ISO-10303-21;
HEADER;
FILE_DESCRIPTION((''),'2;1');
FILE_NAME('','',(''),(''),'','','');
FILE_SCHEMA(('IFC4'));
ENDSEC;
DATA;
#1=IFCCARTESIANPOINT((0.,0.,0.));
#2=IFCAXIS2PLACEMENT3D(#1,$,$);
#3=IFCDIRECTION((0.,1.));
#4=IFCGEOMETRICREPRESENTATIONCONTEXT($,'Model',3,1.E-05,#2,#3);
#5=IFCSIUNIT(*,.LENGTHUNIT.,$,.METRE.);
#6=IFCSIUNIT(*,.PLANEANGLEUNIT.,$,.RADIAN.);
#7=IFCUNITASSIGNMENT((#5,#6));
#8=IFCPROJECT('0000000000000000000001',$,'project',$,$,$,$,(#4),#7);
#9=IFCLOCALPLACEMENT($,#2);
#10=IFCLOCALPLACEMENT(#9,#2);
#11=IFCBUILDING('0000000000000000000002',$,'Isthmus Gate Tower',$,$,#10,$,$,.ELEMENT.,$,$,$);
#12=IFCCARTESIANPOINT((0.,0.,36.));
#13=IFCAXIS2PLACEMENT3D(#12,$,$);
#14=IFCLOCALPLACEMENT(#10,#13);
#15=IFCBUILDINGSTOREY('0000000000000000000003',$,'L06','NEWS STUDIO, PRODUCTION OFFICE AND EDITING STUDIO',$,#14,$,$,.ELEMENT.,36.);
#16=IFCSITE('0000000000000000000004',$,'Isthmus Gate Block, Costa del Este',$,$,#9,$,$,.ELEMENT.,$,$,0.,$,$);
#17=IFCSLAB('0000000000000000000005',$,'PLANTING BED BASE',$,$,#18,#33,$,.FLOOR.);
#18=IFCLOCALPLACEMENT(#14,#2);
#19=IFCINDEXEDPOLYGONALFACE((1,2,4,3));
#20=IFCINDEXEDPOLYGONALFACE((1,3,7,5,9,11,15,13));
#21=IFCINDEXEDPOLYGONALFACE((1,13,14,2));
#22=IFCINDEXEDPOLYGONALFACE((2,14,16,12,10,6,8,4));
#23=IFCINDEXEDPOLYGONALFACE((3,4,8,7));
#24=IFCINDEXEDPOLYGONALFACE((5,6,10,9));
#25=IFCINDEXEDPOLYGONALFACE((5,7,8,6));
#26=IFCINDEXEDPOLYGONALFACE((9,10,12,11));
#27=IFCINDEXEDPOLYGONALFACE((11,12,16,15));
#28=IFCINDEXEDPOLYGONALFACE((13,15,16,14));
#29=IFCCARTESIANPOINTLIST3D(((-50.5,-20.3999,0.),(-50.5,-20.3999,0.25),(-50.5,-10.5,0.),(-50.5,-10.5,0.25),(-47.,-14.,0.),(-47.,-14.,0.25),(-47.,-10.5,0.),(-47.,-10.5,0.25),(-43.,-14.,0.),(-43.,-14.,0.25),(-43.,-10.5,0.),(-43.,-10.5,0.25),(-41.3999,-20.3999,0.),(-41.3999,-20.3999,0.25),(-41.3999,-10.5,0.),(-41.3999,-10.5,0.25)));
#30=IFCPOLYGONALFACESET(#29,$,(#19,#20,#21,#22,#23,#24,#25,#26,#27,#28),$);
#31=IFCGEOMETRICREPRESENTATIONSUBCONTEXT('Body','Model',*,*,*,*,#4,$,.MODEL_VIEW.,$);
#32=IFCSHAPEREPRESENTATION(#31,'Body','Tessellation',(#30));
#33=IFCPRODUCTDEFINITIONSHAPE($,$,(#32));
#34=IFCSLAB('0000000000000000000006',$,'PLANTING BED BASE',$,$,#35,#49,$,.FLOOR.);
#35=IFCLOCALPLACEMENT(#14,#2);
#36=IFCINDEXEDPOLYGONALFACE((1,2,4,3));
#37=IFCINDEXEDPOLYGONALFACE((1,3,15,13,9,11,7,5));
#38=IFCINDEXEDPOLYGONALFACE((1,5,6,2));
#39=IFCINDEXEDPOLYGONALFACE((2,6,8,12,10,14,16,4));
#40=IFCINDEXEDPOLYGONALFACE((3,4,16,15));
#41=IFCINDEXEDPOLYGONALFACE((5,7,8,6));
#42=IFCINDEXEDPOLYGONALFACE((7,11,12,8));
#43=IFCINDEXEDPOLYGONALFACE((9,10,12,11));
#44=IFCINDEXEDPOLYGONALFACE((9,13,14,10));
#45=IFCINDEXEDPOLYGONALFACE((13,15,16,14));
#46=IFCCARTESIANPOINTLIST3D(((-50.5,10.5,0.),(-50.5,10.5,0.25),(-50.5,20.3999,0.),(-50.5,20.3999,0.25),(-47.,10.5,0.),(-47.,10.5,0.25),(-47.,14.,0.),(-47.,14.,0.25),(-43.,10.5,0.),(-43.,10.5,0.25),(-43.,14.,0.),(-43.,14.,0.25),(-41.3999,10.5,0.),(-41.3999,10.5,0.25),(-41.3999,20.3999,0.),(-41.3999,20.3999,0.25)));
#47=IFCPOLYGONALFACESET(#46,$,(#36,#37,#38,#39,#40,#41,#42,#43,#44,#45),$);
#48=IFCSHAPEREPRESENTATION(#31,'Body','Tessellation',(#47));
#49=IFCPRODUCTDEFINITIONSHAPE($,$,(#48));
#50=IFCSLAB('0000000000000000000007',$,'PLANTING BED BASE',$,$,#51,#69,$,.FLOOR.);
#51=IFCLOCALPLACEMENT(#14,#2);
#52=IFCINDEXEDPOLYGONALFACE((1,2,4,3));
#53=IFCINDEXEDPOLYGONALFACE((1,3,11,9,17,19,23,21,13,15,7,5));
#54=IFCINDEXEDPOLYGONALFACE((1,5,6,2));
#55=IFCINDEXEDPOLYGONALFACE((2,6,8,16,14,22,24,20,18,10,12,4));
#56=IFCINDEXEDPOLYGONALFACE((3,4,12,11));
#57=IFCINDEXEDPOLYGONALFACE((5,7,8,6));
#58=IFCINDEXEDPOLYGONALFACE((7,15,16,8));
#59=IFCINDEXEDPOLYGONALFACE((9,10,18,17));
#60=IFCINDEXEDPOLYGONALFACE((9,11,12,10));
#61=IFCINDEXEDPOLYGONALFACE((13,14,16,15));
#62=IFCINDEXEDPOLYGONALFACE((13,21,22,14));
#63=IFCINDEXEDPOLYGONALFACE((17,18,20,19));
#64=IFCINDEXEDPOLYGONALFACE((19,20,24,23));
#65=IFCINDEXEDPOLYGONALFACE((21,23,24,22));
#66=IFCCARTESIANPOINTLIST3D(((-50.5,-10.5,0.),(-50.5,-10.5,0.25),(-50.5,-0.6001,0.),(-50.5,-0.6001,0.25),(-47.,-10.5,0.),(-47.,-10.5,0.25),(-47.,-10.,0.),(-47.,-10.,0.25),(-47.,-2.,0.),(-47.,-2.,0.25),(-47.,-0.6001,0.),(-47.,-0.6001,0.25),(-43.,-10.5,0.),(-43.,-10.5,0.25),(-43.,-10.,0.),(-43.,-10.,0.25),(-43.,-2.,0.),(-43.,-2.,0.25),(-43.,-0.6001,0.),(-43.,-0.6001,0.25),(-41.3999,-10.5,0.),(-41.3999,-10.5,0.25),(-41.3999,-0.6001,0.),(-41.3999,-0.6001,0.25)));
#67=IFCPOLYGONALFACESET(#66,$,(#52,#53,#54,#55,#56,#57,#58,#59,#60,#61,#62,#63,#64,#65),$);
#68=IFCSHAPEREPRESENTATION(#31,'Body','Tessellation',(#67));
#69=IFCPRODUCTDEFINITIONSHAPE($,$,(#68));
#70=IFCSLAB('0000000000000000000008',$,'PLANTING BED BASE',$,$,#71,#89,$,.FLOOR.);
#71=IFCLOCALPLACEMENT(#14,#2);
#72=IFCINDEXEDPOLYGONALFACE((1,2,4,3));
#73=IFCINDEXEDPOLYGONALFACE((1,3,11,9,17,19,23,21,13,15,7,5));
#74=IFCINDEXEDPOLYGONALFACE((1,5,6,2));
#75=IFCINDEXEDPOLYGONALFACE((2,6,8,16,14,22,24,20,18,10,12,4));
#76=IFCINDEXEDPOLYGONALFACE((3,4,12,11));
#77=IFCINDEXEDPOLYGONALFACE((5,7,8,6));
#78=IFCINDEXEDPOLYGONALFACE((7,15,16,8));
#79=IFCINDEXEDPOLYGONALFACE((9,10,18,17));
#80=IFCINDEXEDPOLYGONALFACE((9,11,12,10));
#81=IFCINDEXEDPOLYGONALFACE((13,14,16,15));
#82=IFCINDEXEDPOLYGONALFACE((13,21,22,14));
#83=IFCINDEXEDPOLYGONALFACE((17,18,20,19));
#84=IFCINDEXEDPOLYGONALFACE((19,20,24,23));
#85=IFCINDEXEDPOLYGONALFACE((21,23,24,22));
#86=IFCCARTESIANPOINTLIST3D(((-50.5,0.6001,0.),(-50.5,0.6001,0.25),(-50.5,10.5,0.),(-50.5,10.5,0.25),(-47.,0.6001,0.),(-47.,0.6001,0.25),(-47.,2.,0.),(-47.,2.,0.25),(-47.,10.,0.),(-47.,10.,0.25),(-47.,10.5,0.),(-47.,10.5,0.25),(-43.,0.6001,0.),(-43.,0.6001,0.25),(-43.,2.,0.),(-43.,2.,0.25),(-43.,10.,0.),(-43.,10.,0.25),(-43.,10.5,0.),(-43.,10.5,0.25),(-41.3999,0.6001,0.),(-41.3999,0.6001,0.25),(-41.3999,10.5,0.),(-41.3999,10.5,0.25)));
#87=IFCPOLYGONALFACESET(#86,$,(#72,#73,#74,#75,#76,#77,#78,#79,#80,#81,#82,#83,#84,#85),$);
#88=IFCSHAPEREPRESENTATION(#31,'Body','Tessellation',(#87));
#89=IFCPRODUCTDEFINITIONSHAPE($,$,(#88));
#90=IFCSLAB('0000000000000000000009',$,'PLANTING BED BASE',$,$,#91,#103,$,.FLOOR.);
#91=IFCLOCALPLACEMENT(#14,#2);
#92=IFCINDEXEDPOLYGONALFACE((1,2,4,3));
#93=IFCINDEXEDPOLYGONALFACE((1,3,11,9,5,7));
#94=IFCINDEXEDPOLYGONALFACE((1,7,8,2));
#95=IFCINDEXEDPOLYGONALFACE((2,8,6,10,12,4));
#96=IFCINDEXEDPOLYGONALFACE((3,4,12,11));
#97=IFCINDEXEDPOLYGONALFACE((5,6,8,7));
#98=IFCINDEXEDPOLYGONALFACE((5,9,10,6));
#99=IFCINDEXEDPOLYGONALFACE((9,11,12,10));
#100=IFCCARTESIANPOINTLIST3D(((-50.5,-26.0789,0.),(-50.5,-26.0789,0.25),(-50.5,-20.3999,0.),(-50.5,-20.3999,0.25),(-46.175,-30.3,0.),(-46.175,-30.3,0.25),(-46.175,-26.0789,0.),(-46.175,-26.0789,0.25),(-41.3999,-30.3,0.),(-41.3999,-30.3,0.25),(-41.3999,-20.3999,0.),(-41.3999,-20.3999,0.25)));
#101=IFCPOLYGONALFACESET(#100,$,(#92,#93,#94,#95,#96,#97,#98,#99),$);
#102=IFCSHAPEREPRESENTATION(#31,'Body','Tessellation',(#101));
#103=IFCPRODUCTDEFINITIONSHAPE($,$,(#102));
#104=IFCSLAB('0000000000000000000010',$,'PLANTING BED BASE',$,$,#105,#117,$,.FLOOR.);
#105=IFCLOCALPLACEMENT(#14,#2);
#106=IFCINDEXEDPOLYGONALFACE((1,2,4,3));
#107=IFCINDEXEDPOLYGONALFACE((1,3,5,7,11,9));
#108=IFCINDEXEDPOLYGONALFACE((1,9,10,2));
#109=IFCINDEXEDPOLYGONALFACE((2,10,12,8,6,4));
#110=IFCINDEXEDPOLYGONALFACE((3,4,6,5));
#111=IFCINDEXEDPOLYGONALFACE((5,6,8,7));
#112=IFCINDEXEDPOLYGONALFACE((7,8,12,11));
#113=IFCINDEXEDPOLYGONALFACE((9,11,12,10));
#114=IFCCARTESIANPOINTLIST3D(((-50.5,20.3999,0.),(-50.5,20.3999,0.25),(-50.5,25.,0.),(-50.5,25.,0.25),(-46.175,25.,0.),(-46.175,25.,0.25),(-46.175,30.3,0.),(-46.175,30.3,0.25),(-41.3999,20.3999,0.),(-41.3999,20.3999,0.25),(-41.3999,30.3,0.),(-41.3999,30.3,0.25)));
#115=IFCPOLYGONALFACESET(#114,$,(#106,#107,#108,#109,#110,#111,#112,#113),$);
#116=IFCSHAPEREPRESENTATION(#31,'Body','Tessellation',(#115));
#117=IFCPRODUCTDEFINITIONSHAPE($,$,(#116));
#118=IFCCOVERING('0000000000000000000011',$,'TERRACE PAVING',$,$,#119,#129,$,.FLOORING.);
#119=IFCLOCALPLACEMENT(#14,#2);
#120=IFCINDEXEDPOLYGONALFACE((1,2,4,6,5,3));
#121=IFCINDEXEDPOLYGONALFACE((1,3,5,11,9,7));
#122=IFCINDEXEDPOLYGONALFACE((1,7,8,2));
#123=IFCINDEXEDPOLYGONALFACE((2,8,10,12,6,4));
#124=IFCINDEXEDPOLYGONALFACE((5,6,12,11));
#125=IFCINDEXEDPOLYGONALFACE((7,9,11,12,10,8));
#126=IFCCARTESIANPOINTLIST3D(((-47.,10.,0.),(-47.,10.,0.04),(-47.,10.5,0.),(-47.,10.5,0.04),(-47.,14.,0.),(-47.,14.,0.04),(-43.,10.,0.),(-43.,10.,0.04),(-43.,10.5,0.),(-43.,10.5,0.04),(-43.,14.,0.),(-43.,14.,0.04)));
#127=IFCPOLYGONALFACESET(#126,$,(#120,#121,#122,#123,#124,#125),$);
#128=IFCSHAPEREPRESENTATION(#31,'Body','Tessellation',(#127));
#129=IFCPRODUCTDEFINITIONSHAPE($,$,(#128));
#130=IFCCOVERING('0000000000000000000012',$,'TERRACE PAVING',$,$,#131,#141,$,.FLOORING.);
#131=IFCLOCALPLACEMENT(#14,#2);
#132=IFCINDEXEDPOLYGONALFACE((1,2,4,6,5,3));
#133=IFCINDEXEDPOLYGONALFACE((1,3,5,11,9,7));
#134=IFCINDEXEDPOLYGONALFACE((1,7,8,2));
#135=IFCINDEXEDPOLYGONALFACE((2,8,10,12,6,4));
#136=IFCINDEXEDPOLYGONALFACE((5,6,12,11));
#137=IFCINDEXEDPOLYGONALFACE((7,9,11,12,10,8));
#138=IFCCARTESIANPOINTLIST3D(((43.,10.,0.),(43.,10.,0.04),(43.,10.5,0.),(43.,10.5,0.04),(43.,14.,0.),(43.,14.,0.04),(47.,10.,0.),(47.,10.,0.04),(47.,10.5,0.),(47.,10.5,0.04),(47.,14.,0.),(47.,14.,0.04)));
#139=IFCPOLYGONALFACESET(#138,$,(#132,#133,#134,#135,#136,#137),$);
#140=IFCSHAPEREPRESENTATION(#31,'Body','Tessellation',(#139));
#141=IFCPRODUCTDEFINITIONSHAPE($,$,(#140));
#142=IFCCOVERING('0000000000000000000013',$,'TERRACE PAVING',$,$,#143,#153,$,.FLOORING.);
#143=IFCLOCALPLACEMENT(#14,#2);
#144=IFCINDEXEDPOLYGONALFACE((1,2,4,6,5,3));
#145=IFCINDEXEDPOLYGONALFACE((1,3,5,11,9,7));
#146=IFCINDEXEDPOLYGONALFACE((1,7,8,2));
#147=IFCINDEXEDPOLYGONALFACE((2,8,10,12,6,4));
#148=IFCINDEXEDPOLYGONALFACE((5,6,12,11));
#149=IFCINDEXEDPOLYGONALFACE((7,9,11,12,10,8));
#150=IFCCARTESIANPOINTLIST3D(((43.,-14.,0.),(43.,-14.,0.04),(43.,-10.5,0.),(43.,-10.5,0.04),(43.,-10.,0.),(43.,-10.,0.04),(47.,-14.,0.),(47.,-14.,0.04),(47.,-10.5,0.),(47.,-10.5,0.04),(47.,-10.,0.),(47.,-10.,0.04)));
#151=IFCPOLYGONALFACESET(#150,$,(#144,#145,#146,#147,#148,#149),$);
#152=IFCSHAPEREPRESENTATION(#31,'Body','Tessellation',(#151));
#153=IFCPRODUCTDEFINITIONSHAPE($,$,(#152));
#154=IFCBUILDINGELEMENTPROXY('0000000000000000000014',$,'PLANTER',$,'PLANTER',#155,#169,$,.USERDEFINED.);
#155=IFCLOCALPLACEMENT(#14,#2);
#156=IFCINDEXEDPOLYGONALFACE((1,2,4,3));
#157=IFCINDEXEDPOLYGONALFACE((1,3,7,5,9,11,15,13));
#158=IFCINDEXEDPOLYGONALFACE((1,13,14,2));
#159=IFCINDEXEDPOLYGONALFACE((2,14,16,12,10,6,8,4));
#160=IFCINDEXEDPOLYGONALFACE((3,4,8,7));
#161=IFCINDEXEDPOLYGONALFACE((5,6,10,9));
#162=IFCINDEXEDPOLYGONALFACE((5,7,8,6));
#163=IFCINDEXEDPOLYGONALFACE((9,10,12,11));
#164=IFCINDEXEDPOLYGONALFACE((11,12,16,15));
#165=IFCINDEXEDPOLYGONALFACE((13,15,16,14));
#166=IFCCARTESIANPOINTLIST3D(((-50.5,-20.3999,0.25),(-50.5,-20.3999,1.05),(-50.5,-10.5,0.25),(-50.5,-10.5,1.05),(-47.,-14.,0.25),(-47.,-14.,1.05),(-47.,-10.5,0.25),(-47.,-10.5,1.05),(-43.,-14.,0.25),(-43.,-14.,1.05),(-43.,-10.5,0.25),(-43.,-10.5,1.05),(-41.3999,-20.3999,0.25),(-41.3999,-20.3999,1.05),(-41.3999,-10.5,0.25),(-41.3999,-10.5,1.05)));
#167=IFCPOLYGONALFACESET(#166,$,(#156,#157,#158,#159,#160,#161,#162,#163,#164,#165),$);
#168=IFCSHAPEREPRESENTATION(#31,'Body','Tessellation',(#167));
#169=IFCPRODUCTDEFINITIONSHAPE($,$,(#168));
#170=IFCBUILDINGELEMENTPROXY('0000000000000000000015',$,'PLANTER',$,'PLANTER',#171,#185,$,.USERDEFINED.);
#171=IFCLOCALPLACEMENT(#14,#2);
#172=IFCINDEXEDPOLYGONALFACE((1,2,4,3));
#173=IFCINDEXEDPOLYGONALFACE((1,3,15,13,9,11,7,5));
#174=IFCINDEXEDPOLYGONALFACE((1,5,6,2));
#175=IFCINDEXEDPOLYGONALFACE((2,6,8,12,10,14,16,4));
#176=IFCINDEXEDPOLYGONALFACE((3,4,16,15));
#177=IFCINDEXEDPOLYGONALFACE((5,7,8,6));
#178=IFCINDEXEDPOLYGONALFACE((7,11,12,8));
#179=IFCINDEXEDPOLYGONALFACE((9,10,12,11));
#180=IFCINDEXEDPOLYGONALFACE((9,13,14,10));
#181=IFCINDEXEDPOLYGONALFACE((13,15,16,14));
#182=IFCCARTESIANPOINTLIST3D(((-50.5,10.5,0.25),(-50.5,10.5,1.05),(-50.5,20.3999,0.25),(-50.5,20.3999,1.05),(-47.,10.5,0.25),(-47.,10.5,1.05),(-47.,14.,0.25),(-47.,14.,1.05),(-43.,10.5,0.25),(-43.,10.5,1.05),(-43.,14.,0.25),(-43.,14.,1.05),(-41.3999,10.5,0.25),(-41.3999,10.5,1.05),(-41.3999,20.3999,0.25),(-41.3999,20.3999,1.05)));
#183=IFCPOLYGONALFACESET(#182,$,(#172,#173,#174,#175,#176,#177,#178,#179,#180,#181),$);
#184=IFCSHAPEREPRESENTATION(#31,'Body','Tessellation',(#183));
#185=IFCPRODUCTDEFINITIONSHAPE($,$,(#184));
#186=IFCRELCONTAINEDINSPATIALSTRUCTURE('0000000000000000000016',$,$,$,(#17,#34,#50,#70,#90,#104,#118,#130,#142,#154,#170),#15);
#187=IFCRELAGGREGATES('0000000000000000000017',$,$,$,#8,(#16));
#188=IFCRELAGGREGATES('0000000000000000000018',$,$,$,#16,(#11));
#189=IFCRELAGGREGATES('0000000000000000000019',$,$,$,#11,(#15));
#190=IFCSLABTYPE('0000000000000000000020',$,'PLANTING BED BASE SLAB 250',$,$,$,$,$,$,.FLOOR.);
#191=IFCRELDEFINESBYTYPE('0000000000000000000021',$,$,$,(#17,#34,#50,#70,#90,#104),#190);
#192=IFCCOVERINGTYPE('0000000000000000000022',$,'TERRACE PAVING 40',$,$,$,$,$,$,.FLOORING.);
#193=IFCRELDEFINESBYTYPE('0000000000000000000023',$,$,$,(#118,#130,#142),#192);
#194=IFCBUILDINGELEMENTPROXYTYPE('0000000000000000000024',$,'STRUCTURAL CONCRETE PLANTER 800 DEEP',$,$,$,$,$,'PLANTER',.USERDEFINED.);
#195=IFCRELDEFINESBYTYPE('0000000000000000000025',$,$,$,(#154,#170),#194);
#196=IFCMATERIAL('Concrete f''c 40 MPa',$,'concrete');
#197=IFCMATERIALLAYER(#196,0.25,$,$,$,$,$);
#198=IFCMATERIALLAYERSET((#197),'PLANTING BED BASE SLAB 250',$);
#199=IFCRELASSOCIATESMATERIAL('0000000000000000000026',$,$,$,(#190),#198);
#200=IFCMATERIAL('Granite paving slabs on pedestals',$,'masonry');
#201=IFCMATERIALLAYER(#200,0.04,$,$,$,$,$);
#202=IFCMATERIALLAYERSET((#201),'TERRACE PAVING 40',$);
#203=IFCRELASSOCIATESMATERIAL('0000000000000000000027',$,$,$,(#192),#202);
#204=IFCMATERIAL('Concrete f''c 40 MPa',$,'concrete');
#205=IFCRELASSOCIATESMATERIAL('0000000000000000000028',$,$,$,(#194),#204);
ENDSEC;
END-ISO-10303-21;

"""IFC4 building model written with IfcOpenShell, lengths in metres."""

from ifc_helpers import new_model, si_unit, direction, frame, origin, place, context, subcontext, project, spatial, polyline, outline, extrude, material, layer, layer_set, type_object, element, save


model = new_model("IFC4")

# Units and contexts
model_context = context("Model", 3, precision=1e-05, world=origin(), true_north=direction((0.0, 1.0)))
body_context = subcontext(model_context, "Body", "Model", "MODEL_VIEW")
ifc_project = project(units=[si_unit("LENGTHUNIT", "METRE"), si_unit("PLANEANGLEUNIT", "RADIAN")], contexts=[model_context])

# Site, building, storey
site_placement = place(None, origin())
site = spatial("IfcSite", under=ifc_project, at=site_placement, Name="Isthmus Gate Block, Costa del Este", CompositionType="ELEMENT", RefElevation=0.0)
building_placement = place(site_placement, origin())
building = spatial("IfcBuilding", under=site, at=building_placement, Name="Isthmus Gate Tower", CompositionType="ELEMENT")
storey_placement = place(building_placement, frame((0.0, 0.0, 36.0)))
storey = spatial("IfcBuildingStorey", under=building, at=storey_placement, Name="L06", Description="NEWS STUDIO, PRODUCTION OFFICE AND EDITING STUDIO", CompositionType="ELEMENT", Elevation=36.0)

# Slabs
ifc_material_1 = material(Name="Concrete f'c 40 MPa", Category="concrete")
ifc_layer_1 = layer(ifc_material_1, 0.25)
ifc_layer_set_1 = layer_set([ifc_layer_1], Name="PLANTING BED BASE SLAB 250")
slab_type = type_object("IfcSlabType", Name="PLANTING BED BASE SLAB 250", PredefinedType="FLOOR", material=ifc_layer_set_1)
slab_1_placement = place(storey_placement, origin())
element("IfcSlab", 1, at=slab_1_placement, inside=storey, type_object=slab_type, Name="PLANTING BED BASE", PredefinedType="FLOOR", context=body_context, shape_type="SweptSolid", body=[
    extrude(outline(polyline([(-41.3999, -10.5), (-43.0, -10.5), (-43.0, -14.0), (-47.0, -14.0), (-47.0, -10.5), (-50.5, -10.5), (-50.5, -20.3999), (-41.3999, -20.3999), (-41.3999, -10.5)])), origin(), (0.0, 0.0, 1.0), 0.25),
])
slab_2_placement = place(storey_placement, origin())
element("IfcSlab", 2, at=slab_2_placement, inside=storey, type_object=slab_type, Name="PLANTING BED BASE", PredefinedType="FLOOR", context=body_context, shape_type="SweptSolid", body=[
    extrude(outline(polyline([(-41.3999, 20.3999), (-50.5, 20.3999), (-50.5, 10.5), (-47.0, 10.5), (-47.0, 14.0), (-43.0, 14.0), (-43.0, 10.5), (-41.3999, 10.5), (-41.3999, 20.3999)])), origin(), (0.0, 0.0, 1.0), 0.25),
])
slab_3_placement = place(storey_placement, origin())
element("IfcSlab", 3, at=slab_3_placement, inside=storey, type_object=slab_type, Name="PLANTING BED BASE", PredefinedType="FLOOR", context=body_context, shape_type="SweptSolid", body=[
    extrude(outline(polyline([(-41.3999, -0.6001), (-43.0, -0.6001), (-43.0, -2.0), (-47.0, -2.0), (-47.0, -0.6001), (-50.5, -0.6001), (-50.5, -10.5), (-47.0, -10.5), (-47.0, -10.0), (-43.0, -10.0), (-43.0, -10.5), (-41.3999, -10.5), (-41.3999, -0.6001)])), origin(), (0.0, 0.0, 1.0), 0.25),
])
slab_4_placement = place(storey_placement, origin())
element("IfcSlab", 4, at=slab_4_placement, inside=storey, type_object=slab_type, Name="PLANTING BED BASE", PredefinedType="FLOOR", context=body_context, shape_type="SweptSolid", body=[
    extrude(outline(polyline([(-41.3999, 10.5), (-43.0, 10.5), (-43.0, 10.0), (-47.0, 10.0), (-47.0, 10.5), (-50.5, 10.5), (-50.5, 0.6001), (-47.0, 0.6001), (-47.0, 2.0), (-43.0, 2.0), (-43.0, 0.6001), (-41.3999, 0.6001), (-41.3999, 10.5)])), origin(), (0.0, 0.0, 1.0), 0.25),
])
slab_5_placement = place(storey_placement, origin())
element("IfcSlab", 5, at=slab_5_placement, inside=storey, type_object=slab_type, Name="PLANTING BED BASE", PredefinedType="FLOOR", context=body_context, shape_type="SweptSolid", body=[
    extrude(outline(polyline([(-41.3999, -20.3999), (-50.5, -20.3999), (-50.5, -26.0789), (-46.175, -26.0789), (-46.175, -30.3), (-41.3999, -30.3), (-41.3999, -20.3999)])), origin(), (0.0, 0.0, 1.0), 0.25),
])
slab_6_placement = place(storey_placement, origin())
element("IfcSlab", 6, at=slab_6_placement, inside=storey, type_object=slab_type, Name="PLANTING BED BASE", PredefinedType="FLOOR", context=body_context, shape_type="SweptSolid", body=[
    extrude(outline(polyline([(-41.3999, 30.3), (-46.175, 30.3), (-46.175, 25.0), (-50.5, 25.0), (-50.5, 20.3999), (-41.3999, 20.3999), (-41.3999, 30.3)])), origin(), (0.0, 0.0, 1.0), 0.25),
])

# Coverings
ifc_material_2 = material(Name="Granite paving slabs on pedestals", Category="masonry")
ifc_layer_2 = layer(ifc_material_2, 0.04)
ifc_layer_set_2 = layer_set([ifc_layer_2], Name="TERRACE PAVING 40")
covering_type = type_object("IfcCoveringType", Name="TERRACE PAVING 40", PredefinedType="FLOORING", material=ifc_layer_set_2)
covering_1_placement = place(storey_placement, origin())
element("IfcCovering", 7, at=covering_1_placement, inside=storey, type_object=covering_type, Name="TERRACE PAVING", PredefinedType="FLOORING", context=body_context, shape_type="SweptSolid", body=[
    extrude(outline(polyline([(-43.0, 14.0), (-43.0, 10.5), (-43.0, 10.0), (-47.0, 10.0), (-47.0, 10.5), (-47.0, 14.0), (-43.0, 14.0)])), origin(), (0.0, 0.0, 1.0), 0.04),
])
covering_2_placement = place(storey_placement, origin())
element("IfcCovering", 8, at=covering_2_placement, inside=storey, type_object=covering_type, Name="TERRACE PAVING", PredefinedType="FLOORING", context=body_context, shape_type="SweptSolid", body=[
    extrude(outline(polyline([(47.0, 10.0), (43.0, 10.0), (43.0, 10.5), (43.0, 14.0), (47.0, 14.0), (47.0, 10.5), (47.0, 10.0)])), origin(), (0.0, 0.0, 1.0), 0.04),
])
covering_3_placement = place(storey_placement, origin())
element("IfcCovering", 9, at=covering_3_placement, inside=storey, type_object=covering_type, Name="TERRACE PAVING", PredefinedType="FLOORING", context=body_context, shape_type="SweptSolid", body=[
    extrude(outline(polyline([(47.0, -10.5), (47.0, -14.0), (43.0, -14.0), (43.0, -10.5), (43.0, -10.0), (47.0, -10.0), (47.0, -10.5)])), origin(), (0.0, 0.0, 1.0), 0.04),
])

# Building element proxies
ifc_material_3 = material(Name="Concrete f'c 40 MPa", Category="concrete")
building_element_proxy_type = type_object("IfcBuildingElementProxyType", Name="STRUCTURAL CONCRETE PLANTER 800 DEEP", ElementType="PLANTER", PredefinedType="USERDEFINED", material=ifc_material_3)
proxy_1_placement = place(storey_placement, frame((0.0, 0.0, 0.25)))
element("IfcBuildingElementProxy", 10, at=proxy_1_placement, inside=storey, type_object=building_element_proxy_type, Name="PLANTER", ObjectType="PLANTER", PredefinedType="USERDEFINED", context=body_context, shape_type="SweptSolid", body=[
    extrude(outline(polyline([(-41.3999, -10.5), (-43.0, -10.5), (-43.0, -14.0), (-47.0, -14.0), (-47.0, -10.5), (-50.5, -10.5), (-50.5, -20.3999), (-41.3999, -20.3999), (-41.3999, -10.5)])), origin(), (0.0, 0.0, 1.0), 0.8),
])
proxy_2_placement = place(storey_placement, frame((0.0, 0.0, 0.25)))
element("IfcBuildingElementProxy", 11, at=proxy_2_placement, inside=storey, type_object=building_element_proxy_type, Name="PLANTER", ObjectType="PLANTER", PredefinedType="USERDEFINED", context=body_context, shape_type="SweptSolid", body=[
    extrude(outline(polyline([(-41.3999, 20.3999), (-50.5, 20.3999), (-50.5, 10.5), (-47.0, 10.5), (-47.0, 14.0), (-43.0, 14.0), (-43.0, 10.5), (-41.3999, 10.5), (-41.3999, 20.3999)])), origin(), (0.0, 0.0, 1.0), 0.8),
])

save(model, "model.ifc")
